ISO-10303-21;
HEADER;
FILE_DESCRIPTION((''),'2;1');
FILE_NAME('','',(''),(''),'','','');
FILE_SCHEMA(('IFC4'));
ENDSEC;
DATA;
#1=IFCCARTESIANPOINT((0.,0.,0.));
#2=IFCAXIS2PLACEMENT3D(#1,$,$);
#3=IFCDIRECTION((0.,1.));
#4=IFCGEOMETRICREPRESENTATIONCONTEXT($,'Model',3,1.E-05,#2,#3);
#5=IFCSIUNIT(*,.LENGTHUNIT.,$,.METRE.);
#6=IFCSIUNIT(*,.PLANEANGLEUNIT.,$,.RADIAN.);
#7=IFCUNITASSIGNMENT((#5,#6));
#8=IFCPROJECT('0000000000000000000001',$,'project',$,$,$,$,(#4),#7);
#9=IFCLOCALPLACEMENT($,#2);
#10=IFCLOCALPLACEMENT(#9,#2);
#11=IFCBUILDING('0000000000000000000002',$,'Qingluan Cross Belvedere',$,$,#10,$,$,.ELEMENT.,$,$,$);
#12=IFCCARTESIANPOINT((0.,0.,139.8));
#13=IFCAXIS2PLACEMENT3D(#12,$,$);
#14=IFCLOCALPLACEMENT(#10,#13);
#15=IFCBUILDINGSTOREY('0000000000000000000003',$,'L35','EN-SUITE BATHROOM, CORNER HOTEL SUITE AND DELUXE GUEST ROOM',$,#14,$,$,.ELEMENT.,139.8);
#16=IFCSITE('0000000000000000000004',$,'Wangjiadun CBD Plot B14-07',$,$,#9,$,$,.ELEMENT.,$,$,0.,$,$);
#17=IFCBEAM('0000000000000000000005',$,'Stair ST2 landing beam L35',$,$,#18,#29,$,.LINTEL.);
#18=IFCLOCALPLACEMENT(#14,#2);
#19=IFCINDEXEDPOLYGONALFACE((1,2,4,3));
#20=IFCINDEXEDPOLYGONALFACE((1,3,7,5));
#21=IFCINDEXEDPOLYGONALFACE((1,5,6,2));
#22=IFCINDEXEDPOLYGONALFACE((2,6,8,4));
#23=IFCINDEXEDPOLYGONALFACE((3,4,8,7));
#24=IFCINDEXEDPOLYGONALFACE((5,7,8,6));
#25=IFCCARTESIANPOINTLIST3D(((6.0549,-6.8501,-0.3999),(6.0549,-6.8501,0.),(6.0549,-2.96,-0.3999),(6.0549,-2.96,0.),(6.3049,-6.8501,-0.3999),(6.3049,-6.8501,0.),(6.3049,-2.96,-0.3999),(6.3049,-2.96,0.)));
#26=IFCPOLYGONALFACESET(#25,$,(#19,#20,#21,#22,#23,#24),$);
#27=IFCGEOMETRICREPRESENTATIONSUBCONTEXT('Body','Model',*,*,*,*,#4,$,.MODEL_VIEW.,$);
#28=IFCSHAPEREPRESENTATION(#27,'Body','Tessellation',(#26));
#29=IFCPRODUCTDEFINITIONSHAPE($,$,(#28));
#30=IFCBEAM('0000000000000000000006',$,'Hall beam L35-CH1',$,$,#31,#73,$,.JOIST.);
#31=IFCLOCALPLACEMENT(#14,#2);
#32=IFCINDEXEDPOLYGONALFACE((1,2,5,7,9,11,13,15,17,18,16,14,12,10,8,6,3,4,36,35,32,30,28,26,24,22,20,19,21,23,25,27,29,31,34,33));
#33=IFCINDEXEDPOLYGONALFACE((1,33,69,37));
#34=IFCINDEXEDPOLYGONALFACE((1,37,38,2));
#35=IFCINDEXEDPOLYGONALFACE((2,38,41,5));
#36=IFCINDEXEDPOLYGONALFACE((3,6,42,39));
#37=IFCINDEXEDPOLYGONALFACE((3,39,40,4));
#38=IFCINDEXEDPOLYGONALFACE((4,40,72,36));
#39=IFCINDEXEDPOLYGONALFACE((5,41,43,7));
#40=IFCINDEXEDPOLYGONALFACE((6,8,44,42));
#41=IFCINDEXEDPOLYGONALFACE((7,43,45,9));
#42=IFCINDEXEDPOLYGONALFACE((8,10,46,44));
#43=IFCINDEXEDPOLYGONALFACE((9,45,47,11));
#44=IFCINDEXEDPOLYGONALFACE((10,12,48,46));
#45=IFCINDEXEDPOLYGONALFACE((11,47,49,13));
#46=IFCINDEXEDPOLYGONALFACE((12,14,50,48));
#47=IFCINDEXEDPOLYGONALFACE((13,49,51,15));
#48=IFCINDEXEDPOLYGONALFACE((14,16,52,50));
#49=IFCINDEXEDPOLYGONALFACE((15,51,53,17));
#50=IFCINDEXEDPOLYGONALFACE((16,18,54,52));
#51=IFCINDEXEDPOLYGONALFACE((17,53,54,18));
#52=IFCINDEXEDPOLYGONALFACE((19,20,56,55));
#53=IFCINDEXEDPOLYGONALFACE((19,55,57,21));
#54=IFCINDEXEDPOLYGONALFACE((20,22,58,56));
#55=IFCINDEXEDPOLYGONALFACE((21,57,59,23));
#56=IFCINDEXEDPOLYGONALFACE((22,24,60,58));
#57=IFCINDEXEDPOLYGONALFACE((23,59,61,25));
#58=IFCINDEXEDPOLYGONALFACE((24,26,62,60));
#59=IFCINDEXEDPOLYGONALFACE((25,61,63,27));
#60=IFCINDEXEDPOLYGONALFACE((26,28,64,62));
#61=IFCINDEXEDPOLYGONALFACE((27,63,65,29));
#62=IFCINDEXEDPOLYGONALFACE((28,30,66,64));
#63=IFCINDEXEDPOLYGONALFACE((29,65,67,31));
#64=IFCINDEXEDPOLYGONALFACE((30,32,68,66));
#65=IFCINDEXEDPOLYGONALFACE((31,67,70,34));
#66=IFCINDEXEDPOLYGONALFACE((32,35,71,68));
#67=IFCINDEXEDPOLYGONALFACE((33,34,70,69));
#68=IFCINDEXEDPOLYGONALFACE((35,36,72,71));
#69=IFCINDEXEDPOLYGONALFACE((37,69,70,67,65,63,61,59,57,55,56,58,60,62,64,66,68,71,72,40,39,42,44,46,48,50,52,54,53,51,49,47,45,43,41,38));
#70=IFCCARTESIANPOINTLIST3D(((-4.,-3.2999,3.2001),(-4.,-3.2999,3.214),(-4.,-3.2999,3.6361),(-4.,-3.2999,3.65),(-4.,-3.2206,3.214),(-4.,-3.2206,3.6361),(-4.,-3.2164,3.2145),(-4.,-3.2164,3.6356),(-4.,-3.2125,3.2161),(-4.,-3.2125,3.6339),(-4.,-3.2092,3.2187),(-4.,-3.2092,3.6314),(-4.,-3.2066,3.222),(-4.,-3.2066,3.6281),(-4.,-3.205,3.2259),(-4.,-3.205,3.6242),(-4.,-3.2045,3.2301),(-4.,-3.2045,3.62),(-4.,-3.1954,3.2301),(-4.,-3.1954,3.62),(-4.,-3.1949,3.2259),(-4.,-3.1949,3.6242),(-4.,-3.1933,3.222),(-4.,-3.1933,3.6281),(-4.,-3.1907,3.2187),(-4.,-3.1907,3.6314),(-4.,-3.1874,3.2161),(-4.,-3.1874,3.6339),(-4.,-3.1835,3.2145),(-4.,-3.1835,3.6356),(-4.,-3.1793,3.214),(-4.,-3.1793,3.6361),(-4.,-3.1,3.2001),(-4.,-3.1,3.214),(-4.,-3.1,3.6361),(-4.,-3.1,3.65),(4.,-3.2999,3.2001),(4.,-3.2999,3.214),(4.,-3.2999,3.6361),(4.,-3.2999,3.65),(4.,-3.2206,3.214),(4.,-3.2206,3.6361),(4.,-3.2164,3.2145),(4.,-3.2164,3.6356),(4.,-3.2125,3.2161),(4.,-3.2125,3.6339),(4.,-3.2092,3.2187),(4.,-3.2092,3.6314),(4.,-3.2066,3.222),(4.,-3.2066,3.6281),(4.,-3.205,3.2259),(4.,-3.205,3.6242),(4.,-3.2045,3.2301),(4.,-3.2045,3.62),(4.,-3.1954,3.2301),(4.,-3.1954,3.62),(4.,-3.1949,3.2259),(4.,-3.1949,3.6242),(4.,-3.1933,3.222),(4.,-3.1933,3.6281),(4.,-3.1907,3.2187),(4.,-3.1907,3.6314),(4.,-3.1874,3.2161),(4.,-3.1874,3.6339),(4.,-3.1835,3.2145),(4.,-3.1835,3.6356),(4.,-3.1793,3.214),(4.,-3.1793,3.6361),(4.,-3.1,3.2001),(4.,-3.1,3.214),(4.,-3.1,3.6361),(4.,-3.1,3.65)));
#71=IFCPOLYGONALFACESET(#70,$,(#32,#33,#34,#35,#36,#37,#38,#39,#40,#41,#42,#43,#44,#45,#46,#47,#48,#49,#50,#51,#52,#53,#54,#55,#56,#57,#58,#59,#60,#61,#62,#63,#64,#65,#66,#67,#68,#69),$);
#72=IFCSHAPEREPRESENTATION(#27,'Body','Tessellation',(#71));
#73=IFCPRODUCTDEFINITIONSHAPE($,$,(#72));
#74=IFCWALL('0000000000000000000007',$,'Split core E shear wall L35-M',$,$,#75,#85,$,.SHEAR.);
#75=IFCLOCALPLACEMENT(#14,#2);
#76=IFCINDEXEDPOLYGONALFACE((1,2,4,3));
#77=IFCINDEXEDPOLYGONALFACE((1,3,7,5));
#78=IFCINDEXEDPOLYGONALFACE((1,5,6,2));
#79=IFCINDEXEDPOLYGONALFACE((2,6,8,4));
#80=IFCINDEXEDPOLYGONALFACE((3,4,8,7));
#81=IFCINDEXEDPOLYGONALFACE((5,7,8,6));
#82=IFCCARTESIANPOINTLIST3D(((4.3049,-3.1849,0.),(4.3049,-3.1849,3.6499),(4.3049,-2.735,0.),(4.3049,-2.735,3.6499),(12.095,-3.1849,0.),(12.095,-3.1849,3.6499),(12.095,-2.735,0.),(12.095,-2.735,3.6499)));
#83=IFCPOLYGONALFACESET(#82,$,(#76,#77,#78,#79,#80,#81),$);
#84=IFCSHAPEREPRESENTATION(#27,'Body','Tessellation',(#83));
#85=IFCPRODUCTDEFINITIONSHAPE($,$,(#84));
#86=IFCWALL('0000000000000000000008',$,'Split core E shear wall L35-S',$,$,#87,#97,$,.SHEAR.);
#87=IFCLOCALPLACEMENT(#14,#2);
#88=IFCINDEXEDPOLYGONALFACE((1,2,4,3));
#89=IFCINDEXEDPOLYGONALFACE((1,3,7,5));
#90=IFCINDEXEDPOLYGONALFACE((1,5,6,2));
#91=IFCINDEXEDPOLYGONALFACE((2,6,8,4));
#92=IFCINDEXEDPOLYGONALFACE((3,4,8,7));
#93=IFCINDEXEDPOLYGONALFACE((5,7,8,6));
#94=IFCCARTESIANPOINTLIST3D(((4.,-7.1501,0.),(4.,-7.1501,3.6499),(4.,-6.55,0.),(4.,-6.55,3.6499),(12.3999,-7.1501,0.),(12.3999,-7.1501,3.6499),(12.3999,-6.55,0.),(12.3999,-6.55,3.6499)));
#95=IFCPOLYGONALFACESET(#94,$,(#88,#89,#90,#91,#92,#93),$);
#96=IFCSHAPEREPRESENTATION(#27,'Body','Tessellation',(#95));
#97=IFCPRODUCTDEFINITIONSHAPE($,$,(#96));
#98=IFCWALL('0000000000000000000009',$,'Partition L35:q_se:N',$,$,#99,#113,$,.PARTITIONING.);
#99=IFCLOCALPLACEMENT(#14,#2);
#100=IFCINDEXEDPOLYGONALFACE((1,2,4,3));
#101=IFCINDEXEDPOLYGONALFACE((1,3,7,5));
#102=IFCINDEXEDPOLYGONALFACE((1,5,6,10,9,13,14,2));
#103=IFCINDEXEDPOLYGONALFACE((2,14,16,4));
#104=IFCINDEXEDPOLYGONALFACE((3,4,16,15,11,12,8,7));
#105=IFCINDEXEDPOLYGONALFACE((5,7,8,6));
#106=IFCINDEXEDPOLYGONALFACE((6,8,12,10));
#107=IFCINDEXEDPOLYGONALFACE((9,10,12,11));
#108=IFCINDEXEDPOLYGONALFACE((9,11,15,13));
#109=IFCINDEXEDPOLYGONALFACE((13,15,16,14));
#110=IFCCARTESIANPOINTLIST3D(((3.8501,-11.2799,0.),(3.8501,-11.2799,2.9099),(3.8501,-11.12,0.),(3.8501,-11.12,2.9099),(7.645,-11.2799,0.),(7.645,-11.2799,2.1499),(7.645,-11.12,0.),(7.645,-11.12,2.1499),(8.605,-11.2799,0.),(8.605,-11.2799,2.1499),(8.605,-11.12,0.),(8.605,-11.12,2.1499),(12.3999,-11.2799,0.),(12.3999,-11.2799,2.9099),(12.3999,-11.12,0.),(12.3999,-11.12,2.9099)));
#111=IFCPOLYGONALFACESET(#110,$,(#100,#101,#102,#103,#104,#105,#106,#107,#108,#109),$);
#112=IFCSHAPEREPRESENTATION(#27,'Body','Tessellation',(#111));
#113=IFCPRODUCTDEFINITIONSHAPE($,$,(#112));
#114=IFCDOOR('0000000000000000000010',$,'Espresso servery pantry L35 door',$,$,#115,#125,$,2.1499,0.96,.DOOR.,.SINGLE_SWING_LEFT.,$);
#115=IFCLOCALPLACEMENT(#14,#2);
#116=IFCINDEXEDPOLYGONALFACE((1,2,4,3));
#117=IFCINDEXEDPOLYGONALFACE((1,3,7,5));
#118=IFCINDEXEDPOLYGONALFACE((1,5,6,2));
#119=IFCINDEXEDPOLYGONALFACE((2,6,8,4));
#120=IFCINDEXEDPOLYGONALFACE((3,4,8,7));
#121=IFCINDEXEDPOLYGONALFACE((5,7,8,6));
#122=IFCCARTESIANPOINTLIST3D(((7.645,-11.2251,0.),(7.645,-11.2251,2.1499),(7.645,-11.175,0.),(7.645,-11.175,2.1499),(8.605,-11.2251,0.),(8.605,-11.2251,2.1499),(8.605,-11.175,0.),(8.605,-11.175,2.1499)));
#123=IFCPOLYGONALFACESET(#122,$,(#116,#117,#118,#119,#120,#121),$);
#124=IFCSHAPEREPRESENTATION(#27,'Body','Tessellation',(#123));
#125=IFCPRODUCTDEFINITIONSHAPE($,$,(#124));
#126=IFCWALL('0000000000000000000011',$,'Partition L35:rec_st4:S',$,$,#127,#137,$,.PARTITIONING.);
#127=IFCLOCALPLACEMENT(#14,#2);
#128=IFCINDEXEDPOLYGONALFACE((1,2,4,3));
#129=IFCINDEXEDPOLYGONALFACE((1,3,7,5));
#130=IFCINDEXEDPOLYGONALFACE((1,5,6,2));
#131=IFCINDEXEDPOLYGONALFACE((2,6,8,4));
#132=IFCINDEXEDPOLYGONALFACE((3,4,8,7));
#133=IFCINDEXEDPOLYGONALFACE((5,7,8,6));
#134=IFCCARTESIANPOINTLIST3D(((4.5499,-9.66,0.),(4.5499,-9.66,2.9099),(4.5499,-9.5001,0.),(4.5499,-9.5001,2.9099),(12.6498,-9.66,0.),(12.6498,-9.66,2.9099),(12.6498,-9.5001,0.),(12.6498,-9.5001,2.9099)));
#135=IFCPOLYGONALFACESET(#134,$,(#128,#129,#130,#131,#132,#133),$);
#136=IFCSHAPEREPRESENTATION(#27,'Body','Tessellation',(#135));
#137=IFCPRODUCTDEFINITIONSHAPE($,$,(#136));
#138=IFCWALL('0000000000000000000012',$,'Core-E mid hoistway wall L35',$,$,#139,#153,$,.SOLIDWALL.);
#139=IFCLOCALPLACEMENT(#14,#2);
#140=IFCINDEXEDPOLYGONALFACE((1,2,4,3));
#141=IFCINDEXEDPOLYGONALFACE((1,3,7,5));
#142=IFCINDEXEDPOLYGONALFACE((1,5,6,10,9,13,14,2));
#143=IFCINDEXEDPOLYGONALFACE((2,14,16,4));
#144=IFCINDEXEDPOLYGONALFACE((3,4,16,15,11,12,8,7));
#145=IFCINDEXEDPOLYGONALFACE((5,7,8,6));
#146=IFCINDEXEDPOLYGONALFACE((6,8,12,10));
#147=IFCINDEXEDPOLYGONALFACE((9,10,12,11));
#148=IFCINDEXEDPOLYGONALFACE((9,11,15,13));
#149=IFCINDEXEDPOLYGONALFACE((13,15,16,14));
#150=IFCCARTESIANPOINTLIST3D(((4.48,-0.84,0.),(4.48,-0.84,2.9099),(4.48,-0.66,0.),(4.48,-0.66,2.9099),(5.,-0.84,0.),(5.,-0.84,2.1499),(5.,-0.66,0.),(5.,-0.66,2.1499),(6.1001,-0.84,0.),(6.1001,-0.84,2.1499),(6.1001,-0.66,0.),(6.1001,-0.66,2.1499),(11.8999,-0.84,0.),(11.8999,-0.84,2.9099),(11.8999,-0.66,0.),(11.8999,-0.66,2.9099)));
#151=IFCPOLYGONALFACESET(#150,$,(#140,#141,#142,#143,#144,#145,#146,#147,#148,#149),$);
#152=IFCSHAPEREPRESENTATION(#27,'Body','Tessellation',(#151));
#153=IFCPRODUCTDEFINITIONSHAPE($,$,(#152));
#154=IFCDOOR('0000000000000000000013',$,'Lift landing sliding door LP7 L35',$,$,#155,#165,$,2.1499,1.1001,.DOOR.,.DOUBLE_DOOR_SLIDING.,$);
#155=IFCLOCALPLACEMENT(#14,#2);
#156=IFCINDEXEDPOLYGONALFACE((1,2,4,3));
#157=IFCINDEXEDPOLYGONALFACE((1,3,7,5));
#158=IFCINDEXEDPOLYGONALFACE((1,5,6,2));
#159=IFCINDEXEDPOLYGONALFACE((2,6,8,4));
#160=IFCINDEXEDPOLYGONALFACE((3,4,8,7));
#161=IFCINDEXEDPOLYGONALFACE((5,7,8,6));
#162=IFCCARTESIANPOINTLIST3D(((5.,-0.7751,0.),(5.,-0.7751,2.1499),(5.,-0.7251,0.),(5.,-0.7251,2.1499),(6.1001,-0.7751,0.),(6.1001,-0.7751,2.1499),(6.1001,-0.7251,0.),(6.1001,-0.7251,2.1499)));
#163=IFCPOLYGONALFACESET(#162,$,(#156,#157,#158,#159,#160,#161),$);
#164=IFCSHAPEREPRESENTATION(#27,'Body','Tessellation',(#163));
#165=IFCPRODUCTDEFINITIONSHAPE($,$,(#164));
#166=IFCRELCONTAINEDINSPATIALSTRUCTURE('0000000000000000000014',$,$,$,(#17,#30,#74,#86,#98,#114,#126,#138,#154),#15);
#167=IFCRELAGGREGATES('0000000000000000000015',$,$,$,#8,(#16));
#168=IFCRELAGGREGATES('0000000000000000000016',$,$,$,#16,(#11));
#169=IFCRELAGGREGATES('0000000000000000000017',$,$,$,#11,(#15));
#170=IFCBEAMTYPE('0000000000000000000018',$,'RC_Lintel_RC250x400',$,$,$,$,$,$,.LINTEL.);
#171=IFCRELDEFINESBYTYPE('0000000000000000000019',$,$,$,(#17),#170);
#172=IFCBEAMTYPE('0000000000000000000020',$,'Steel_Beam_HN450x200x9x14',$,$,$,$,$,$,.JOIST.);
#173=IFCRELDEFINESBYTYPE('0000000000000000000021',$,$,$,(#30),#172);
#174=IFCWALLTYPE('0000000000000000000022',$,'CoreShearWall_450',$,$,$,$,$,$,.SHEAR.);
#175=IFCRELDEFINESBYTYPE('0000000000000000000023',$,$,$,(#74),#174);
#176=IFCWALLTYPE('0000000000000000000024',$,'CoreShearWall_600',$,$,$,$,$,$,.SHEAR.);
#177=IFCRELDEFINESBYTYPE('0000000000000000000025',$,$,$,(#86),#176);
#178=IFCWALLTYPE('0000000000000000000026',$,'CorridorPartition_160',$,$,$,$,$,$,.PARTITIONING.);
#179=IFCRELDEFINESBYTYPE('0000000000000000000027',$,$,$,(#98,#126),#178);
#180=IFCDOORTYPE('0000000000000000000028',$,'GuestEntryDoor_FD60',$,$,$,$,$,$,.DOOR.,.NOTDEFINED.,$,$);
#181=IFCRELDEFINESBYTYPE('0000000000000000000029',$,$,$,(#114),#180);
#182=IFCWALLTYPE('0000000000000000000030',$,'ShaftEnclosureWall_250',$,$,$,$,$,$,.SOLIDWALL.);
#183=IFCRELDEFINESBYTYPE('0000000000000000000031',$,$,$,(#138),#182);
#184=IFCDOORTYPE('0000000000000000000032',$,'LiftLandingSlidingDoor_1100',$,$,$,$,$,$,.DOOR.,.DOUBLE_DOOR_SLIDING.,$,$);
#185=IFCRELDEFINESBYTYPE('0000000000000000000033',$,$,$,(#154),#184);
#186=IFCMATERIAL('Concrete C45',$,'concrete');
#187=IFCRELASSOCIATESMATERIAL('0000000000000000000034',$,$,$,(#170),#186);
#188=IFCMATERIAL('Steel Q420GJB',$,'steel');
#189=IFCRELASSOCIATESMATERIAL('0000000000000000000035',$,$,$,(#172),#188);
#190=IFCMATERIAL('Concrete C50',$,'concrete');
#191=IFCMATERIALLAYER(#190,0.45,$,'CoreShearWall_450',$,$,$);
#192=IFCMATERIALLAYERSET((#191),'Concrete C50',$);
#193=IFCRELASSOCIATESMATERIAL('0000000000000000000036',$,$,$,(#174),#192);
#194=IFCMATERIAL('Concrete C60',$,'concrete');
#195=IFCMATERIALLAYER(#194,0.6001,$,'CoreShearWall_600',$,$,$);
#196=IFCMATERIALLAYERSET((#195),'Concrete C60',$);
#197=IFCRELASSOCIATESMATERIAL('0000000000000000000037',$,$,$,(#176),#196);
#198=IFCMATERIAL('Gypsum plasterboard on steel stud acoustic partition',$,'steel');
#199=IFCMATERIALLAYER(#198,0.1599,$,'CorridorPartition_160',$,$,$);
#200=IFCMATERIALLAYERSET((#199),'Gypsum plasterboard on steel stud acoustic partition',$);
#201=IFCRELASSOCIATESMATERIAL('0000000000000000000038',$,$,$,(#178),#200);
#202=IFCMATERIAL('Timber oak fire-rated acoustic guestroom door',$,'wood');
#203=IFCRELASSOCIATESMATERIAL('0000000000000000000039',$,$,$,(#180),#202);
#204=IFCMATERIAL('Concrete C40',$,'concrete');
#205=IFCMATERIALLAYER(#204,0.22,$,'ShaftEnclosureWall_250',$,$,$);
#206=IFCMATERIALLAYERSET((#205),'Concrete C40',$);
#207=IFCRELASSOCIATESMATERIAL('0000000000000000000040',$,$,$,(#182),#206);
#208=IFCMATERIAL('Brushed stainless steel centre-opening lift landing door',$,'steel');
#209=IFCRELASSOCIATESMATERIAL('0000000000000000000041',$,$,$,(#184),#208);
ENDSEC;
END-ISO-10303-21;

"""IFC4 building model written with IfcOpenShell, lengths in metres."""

from ifc_helpers import new_model, si_unit, direction, frame, frame_2d, origin, origin_2d, place, context, subcontext, project, spatial, rectangle, i_section, extrude, material, layer, layer_set, material_profile, profile_set, type_object, element, fill, save


model = new_model("IFC4")

# Units and contexts
model_context = context("Model", 3, precision=1e-05, world=origin(), true_north=direction((0.0, 1.0)))
body_context = subcontext(model_context, "Body", "Model", "MODEL_VIEW")
ifc_project = project(units=[si_unit("LENGTHUNIT", "METRE"), si_unit("PLANEANGLEUNIT", "RADIAN")], contexts=[model_context])

# Site, building, storey
site_placement = place(None, origin())
site = spatial("IfcSite", under=ifc_project, at=site_placement, Name="Wangjiadun CBD Plot B14-07", CompositionType="ELEMENT", RefElevation=0.0)
building_placement = place(site_placement, origin())
building = spatial("IfcBuilding", under=site, at=building_placement, Name="Qingluan Cross Belvedere", CompositionType="ELEMENT")
storey_placement = place(building_placement, frame((0.0, 0.0, 139.8)))
storey = spatial("IfcBuildingStorey", under=building, at=storey_placement, Name="L35", Description="EN-SUITE BATHROOM, CORNER HOTEL SUITE AND DELUXE GUEST ROOM", CompositionType="ELEMENT", Elevation=139.8)

# Beams
ifc_material_1 = material(Name="Concrete C45", Category="concrete")
ifc_material_profile_1 = material_profile(ifc_material_1, rectangle(XDim=0.25, YDim=0.3999, at=origin_2d()), Name="RC250x400")
ifc_profile_set_1 = profile_set([ifc_material_profile_1], Name="Concrete C45")
beam_type_1 = type_object("IfcBeamType", Name="RC_Lintel_RC250x400", PredefinedType="LINTEL", material=ifc_profile_set_1)
beam_1_placement = place(storey_placement, frame((6.1799, -6.8501, -0.2), z_axis=(0.0, 1.0, 0.0), x_axis=(-1.0, 0.0, 0.0)))
element("IfcBeam", 1, at=beam_1_placement, inside=storey, type_object=beam_type_1, Name="Stair ST2 landing beam L35", PredefinedType="LINTEL", context=body_context, shape_type="SweptSolid", body=[
    extrude(rectangle(XDim=0.25, YDim=0.3999, at=origin_2d()), origin(), (0.0, 0.0, 1.0), 3.8901),
])
ifc_material_2 = material(Name="Steel Q420GJB", Category="steel")
ifc_material_profile_2 = material_profile(ifc_material_2, i_section(OverallWidth=0.2, OverallDepth=0.45, WebThickness=0.009, FlangeThickness=0.0139, FilletRadius=0.0161, at=origin_2d()), Name="HN450x200x9x14")
ifc_profile_set_2 = profile_set([ifc_material_profile_2], Name="Steel Q420GJB")
beam_type_2 = type_object("IfcBeamType", Name="Steel_Beam_HN450x200x9x14", PredefinedType="JOIST", material=ifc_profile_set_2)
beam_2_placement = place(storey_placement, frame((-4.0, -3.2, 3.425), z_axis=(1.0, 0.0, 0.0), x_axis=(0.0, 1.0, 0.0)))
element("IfcBeam", 2, at=beam_2_placement, inside=storey, type_object=beam_type_2, Name="Hall beam L35-CH1", PredefinedType="JOIST", context=body_context, shape_type="SweptSolid", body=[
    extrude(i_section(OverallWidth=0.2, OverallDepth=0.45, WebThickness=0.009, FlangeThickness=0.0139, FilletRadius=0.0161, at=origin_2d()), origin(), (0.0, 0.0, 1.0), 8.0),
])

# Wall
ifc_material_3 = material(Name="Concrete C50", Category="concrete")
ifc_layer_1 = layer(ifc_material_3, 0.45, Name="CoreShearWall_450")
ifc_layer_set_1 = layer_set([ifc_layer_1], Name="Concrete C50")
wall_type_1 = type_object("IfcWallType", Name="CoreShearWall_450", PredefinedType="SHEAR", material=ifc_layer_set_1)
wall_1_placement = place(storey_placement, frame((4.3049, -2.96, 0.0), z_axis=(0.0, 0.0, 1.0), x_axis=(1.0, 0.0, 0.0)))
element("IfcWall", 3, at=wall_1_placement, inside=storey, type_object=wall_type_1, Name="Split core E shear wall L35-M", PredefinedType="SHEAR", context=body_context, shape_type="SweptSolid", body=[
    extrude(rectangle(XDim=7.79, YDim=0.45, at=frame_2d((3.895, 0.0))), origin(), (0.0, 0.0, 1.0), 3.6499),
])

# Shared definitions
ifc_material_4 = material(Name="Concrete C60", Category="concrete")
ifc_layer_2 = layer(ifc_material_4, 0.6001, Name="CoreShearWall_600")
ifc_layer_set_2 = layer_set([ifc_layer_2], Name="Concrete C60")
wall_type_2 = type_object("IfcWallType", Name="CoreShearWall_600", PredefinedType="SHEAR", material=ifc_layer_set_2)

# Wall
wall_2_placement = place(storey_placement, frame((4.0, -6.8501, 0.0), z_axis=(0.0, 0.0, 1.0), x_axis=(1.0, 0.0, 0.0)))
element("IfcWall", 4, at=wall_2_placement, inside=storey, type_object=wall_type_2, Name="Split core E shear wall L35-S", PredefinedType="SHEAR", context=body_context, shape_type="SweptSolid", body=[
    extrude(rectangle(XDim=8.3999, YDim=0.6001, at=frame_2d((4.2, 0.0))), origin(), (0.0, 0.0, 1.0), 3.6499),
])

# Wall, opening, door
ifc_material_5 = material(Name="Gypsum plasterboard on steel stud acoustic partition", Category="steel")
ifc_layer_3 = layer(ifc_material_5, 0.1599, Name="CorridorPartition_160")
ifc_layer_set_3 = layer_set([ifc_layer_3], Name="Gypsum plasterboard on steel stud acoustic partition")
wall_type_3 = type_object("IfcWallType", Name="CorridorPartition_160", PredefinedType="PARTITIONING", material=ifc_layer_set_3)
wall_3_placement = place(storey_placement, frame((3.8501, -11.2, 0.0), z_axis=(0.0, 0.0, 1.0), x_axis=(1.0, 0.0, 0.0)))
wall_3 = element("IfcWall", 5, at=wall_3_placement, inside=storey, type_object=wall_type_3, Name="Partition L35:q_se:N", PredefinedType="PARTITIONING", context=body_context, shape_type="SweptSolid", body=[
    extrude(rectangle(XDim=8.5498, YDim=0.1599, at=frame_2d((4.2749, 0.0))), origin(), (0.0, 0.0, 1.0), 2.9099),
])
opening_1_placement = place(wall_3_placement, frame((3.7949, 0.0, 0.0)))
opening_1 = element("IfcOpeningElement", 6, at=opening_1_placement, cuts=wall_3, PredefinedType="OPENING", context=body_context, shape_type="SweptSolid", body=[
    extrude(rectangle(XDim=0.96, YDim=2.1499, at=frame_2d((0.48, 1.075))), frame((0.0, 0.0898, 0.0), z_axis=(0.0, -1.0, 0.0), x_axis=(1.0, 0.0, 0.0)), (0.0, 0.0, 1.0), 0.1799),
])
ifc_material_6 = material(Name="Timber oak fire-rated acoustic guestroom door", Category="wood")
door_type_1 = type_object("IfcDoorType", Name="GuestEntryDoor_FD60", OperationType="NOTDEFINED", PredefinedType="DOOR", material=ifc_material_6)
door_1_placement = place(opening_1_placement, origin())
door_1 = element("IfcDoor", 7, at=door_1_placement, inside=storey, type_object=door_type_1, Name="Espresso servery pantry L35 door", OperationType="SINGLE_SWING_LEFT", OverallHeight=2.1499, OverallWidth=0.96, PredefinedType="DOOR", context=body_context, shape_type="SweptSolid", body=[
    extrude(rectangle(XDim=0.96, YDim=2.1499, at=frame_2d((0.48, 1.075))), frame((0.0, 0.0249, 0.0), z_axis=(0.0, -1.0, 0.0), x_axis=(1.0, 0.0, 0.0)), (0.0, 0.0, 1.0), 0.05),
])
fill(opening_1, door_1)

# Wall
wall_4_placement = place(storey_placement, frame((4.55, -9.5801, 0.0), z_axis=(0.0, 0.0, 1.0), x_axis=(1.0, 0.0, 0.0)))
element("IfcWall", 8, at=wall_4_placement, inside=storey, type_object=wall_type_3, Name="Partition L35:rec_st4:S", PredefinedType="PARTITIONING", context=body_context, shape_type="SweptSolid", body=[
    extrude(rectangle(XDim=8.0999, YDim=0.1599, at=frame_2d((4.0498, 0.0))), origin(), (0.0, 0.0, 1.0), 2.9099),
])

# Wall, opening, door
ifc_material_7 = material(Name="Concrete C40", Category="concrete")
ifc_layer_4 = layer(ifc_material_7, 0.22, Name="ShaftEnclosureWall_250")
ifc_layer_set_4 = layer_set([ifc_layer_4], Name="Concrete C40")
wall_type_4 = type_object("IfcWallType", Name="ShaftEnclosureWall_250", PredefinedType="SOLIDWALL", material=ifc_layer_set_4)
wall_5_placement = place(storey_placement, frame((4.48, -0.75, 0.0), z_axis=(0.0, 0.0, 1.0), x_axis=(1.0, 0.0, 0.0)))
wall_5 = element("IfcWall", 9, at=wall_5_placement, inside=storey, type_object=wall_type_4, Name="Core-E mid hoistway wall L35", PredefinedType="SOLIDWALL", context=body_context, shape_type="SweptSolid", body=[
    extrude(rectangle(XDim=7.4199, YDim=0.1799, at=frame_2d((3.71, 0.0))), origin(), (0.0, 0.0, 1.0), 2.9099),
])
opening_2_placement = place(wall_5_placement, frame((0.52, 0.0, 0.0)))
opening_2 = element("IfcOpeningElement", 10, at=opening_2_placement, cuts=wall_5, PredefinedType="OPENING", context=body_context, shape_type="SweptSolid", body=[
    extrude(rectangle(XDim=1.1001, YDim=2.1499, at=frame_2d((0.55, 1.075))), frame((0.0, 0.0999, 0.0), z_axis=(0.0, -1.0, 0.0), x_axis=(1.0, 0.0, 0.0)), (0.0, 0.0, 1.0), 0.2),
])
ifc_material_8 = material(Name="Brushed stainless steel centre-opening lift landing door", Category="steel")
door_type_2 = type_object("IfcDoorType", Name="LiftLandingSlidingDoor_1100", OperationType="DOUBLE_DOOR_SLIDING", PredefinedType="DOOR", material=ifc_material_8)
door_2_placement = place(opening_2_placement, origin())
door_2 = element("IfcDoor", 11, at=door_2_placement, inside=storey, type_object=door_type_2, Name="Lift landing sliding door LP7 L35", OperationType="DOUBLE_DOOR_SLIDING", OverallHeight=2.1499, OverallWidth=1.1001, PredefinedType="DOOR", context=body_context, shape_type="SweptSolid", body=[
    extrude(rectangle(XDim=1.1001, YDim=2.1499, at=frame_2d((0.55, 1.075))), frame((0.0, 0.0249, 0.0), z_axis=(0.0, -1.0, 0.0), x_axis=(1.0, 0.0, 0.0)), (0.0, 0.0, 1.0), 0.05),
])
fill(opening_2, door_2)

save(model, "model.ifc")
